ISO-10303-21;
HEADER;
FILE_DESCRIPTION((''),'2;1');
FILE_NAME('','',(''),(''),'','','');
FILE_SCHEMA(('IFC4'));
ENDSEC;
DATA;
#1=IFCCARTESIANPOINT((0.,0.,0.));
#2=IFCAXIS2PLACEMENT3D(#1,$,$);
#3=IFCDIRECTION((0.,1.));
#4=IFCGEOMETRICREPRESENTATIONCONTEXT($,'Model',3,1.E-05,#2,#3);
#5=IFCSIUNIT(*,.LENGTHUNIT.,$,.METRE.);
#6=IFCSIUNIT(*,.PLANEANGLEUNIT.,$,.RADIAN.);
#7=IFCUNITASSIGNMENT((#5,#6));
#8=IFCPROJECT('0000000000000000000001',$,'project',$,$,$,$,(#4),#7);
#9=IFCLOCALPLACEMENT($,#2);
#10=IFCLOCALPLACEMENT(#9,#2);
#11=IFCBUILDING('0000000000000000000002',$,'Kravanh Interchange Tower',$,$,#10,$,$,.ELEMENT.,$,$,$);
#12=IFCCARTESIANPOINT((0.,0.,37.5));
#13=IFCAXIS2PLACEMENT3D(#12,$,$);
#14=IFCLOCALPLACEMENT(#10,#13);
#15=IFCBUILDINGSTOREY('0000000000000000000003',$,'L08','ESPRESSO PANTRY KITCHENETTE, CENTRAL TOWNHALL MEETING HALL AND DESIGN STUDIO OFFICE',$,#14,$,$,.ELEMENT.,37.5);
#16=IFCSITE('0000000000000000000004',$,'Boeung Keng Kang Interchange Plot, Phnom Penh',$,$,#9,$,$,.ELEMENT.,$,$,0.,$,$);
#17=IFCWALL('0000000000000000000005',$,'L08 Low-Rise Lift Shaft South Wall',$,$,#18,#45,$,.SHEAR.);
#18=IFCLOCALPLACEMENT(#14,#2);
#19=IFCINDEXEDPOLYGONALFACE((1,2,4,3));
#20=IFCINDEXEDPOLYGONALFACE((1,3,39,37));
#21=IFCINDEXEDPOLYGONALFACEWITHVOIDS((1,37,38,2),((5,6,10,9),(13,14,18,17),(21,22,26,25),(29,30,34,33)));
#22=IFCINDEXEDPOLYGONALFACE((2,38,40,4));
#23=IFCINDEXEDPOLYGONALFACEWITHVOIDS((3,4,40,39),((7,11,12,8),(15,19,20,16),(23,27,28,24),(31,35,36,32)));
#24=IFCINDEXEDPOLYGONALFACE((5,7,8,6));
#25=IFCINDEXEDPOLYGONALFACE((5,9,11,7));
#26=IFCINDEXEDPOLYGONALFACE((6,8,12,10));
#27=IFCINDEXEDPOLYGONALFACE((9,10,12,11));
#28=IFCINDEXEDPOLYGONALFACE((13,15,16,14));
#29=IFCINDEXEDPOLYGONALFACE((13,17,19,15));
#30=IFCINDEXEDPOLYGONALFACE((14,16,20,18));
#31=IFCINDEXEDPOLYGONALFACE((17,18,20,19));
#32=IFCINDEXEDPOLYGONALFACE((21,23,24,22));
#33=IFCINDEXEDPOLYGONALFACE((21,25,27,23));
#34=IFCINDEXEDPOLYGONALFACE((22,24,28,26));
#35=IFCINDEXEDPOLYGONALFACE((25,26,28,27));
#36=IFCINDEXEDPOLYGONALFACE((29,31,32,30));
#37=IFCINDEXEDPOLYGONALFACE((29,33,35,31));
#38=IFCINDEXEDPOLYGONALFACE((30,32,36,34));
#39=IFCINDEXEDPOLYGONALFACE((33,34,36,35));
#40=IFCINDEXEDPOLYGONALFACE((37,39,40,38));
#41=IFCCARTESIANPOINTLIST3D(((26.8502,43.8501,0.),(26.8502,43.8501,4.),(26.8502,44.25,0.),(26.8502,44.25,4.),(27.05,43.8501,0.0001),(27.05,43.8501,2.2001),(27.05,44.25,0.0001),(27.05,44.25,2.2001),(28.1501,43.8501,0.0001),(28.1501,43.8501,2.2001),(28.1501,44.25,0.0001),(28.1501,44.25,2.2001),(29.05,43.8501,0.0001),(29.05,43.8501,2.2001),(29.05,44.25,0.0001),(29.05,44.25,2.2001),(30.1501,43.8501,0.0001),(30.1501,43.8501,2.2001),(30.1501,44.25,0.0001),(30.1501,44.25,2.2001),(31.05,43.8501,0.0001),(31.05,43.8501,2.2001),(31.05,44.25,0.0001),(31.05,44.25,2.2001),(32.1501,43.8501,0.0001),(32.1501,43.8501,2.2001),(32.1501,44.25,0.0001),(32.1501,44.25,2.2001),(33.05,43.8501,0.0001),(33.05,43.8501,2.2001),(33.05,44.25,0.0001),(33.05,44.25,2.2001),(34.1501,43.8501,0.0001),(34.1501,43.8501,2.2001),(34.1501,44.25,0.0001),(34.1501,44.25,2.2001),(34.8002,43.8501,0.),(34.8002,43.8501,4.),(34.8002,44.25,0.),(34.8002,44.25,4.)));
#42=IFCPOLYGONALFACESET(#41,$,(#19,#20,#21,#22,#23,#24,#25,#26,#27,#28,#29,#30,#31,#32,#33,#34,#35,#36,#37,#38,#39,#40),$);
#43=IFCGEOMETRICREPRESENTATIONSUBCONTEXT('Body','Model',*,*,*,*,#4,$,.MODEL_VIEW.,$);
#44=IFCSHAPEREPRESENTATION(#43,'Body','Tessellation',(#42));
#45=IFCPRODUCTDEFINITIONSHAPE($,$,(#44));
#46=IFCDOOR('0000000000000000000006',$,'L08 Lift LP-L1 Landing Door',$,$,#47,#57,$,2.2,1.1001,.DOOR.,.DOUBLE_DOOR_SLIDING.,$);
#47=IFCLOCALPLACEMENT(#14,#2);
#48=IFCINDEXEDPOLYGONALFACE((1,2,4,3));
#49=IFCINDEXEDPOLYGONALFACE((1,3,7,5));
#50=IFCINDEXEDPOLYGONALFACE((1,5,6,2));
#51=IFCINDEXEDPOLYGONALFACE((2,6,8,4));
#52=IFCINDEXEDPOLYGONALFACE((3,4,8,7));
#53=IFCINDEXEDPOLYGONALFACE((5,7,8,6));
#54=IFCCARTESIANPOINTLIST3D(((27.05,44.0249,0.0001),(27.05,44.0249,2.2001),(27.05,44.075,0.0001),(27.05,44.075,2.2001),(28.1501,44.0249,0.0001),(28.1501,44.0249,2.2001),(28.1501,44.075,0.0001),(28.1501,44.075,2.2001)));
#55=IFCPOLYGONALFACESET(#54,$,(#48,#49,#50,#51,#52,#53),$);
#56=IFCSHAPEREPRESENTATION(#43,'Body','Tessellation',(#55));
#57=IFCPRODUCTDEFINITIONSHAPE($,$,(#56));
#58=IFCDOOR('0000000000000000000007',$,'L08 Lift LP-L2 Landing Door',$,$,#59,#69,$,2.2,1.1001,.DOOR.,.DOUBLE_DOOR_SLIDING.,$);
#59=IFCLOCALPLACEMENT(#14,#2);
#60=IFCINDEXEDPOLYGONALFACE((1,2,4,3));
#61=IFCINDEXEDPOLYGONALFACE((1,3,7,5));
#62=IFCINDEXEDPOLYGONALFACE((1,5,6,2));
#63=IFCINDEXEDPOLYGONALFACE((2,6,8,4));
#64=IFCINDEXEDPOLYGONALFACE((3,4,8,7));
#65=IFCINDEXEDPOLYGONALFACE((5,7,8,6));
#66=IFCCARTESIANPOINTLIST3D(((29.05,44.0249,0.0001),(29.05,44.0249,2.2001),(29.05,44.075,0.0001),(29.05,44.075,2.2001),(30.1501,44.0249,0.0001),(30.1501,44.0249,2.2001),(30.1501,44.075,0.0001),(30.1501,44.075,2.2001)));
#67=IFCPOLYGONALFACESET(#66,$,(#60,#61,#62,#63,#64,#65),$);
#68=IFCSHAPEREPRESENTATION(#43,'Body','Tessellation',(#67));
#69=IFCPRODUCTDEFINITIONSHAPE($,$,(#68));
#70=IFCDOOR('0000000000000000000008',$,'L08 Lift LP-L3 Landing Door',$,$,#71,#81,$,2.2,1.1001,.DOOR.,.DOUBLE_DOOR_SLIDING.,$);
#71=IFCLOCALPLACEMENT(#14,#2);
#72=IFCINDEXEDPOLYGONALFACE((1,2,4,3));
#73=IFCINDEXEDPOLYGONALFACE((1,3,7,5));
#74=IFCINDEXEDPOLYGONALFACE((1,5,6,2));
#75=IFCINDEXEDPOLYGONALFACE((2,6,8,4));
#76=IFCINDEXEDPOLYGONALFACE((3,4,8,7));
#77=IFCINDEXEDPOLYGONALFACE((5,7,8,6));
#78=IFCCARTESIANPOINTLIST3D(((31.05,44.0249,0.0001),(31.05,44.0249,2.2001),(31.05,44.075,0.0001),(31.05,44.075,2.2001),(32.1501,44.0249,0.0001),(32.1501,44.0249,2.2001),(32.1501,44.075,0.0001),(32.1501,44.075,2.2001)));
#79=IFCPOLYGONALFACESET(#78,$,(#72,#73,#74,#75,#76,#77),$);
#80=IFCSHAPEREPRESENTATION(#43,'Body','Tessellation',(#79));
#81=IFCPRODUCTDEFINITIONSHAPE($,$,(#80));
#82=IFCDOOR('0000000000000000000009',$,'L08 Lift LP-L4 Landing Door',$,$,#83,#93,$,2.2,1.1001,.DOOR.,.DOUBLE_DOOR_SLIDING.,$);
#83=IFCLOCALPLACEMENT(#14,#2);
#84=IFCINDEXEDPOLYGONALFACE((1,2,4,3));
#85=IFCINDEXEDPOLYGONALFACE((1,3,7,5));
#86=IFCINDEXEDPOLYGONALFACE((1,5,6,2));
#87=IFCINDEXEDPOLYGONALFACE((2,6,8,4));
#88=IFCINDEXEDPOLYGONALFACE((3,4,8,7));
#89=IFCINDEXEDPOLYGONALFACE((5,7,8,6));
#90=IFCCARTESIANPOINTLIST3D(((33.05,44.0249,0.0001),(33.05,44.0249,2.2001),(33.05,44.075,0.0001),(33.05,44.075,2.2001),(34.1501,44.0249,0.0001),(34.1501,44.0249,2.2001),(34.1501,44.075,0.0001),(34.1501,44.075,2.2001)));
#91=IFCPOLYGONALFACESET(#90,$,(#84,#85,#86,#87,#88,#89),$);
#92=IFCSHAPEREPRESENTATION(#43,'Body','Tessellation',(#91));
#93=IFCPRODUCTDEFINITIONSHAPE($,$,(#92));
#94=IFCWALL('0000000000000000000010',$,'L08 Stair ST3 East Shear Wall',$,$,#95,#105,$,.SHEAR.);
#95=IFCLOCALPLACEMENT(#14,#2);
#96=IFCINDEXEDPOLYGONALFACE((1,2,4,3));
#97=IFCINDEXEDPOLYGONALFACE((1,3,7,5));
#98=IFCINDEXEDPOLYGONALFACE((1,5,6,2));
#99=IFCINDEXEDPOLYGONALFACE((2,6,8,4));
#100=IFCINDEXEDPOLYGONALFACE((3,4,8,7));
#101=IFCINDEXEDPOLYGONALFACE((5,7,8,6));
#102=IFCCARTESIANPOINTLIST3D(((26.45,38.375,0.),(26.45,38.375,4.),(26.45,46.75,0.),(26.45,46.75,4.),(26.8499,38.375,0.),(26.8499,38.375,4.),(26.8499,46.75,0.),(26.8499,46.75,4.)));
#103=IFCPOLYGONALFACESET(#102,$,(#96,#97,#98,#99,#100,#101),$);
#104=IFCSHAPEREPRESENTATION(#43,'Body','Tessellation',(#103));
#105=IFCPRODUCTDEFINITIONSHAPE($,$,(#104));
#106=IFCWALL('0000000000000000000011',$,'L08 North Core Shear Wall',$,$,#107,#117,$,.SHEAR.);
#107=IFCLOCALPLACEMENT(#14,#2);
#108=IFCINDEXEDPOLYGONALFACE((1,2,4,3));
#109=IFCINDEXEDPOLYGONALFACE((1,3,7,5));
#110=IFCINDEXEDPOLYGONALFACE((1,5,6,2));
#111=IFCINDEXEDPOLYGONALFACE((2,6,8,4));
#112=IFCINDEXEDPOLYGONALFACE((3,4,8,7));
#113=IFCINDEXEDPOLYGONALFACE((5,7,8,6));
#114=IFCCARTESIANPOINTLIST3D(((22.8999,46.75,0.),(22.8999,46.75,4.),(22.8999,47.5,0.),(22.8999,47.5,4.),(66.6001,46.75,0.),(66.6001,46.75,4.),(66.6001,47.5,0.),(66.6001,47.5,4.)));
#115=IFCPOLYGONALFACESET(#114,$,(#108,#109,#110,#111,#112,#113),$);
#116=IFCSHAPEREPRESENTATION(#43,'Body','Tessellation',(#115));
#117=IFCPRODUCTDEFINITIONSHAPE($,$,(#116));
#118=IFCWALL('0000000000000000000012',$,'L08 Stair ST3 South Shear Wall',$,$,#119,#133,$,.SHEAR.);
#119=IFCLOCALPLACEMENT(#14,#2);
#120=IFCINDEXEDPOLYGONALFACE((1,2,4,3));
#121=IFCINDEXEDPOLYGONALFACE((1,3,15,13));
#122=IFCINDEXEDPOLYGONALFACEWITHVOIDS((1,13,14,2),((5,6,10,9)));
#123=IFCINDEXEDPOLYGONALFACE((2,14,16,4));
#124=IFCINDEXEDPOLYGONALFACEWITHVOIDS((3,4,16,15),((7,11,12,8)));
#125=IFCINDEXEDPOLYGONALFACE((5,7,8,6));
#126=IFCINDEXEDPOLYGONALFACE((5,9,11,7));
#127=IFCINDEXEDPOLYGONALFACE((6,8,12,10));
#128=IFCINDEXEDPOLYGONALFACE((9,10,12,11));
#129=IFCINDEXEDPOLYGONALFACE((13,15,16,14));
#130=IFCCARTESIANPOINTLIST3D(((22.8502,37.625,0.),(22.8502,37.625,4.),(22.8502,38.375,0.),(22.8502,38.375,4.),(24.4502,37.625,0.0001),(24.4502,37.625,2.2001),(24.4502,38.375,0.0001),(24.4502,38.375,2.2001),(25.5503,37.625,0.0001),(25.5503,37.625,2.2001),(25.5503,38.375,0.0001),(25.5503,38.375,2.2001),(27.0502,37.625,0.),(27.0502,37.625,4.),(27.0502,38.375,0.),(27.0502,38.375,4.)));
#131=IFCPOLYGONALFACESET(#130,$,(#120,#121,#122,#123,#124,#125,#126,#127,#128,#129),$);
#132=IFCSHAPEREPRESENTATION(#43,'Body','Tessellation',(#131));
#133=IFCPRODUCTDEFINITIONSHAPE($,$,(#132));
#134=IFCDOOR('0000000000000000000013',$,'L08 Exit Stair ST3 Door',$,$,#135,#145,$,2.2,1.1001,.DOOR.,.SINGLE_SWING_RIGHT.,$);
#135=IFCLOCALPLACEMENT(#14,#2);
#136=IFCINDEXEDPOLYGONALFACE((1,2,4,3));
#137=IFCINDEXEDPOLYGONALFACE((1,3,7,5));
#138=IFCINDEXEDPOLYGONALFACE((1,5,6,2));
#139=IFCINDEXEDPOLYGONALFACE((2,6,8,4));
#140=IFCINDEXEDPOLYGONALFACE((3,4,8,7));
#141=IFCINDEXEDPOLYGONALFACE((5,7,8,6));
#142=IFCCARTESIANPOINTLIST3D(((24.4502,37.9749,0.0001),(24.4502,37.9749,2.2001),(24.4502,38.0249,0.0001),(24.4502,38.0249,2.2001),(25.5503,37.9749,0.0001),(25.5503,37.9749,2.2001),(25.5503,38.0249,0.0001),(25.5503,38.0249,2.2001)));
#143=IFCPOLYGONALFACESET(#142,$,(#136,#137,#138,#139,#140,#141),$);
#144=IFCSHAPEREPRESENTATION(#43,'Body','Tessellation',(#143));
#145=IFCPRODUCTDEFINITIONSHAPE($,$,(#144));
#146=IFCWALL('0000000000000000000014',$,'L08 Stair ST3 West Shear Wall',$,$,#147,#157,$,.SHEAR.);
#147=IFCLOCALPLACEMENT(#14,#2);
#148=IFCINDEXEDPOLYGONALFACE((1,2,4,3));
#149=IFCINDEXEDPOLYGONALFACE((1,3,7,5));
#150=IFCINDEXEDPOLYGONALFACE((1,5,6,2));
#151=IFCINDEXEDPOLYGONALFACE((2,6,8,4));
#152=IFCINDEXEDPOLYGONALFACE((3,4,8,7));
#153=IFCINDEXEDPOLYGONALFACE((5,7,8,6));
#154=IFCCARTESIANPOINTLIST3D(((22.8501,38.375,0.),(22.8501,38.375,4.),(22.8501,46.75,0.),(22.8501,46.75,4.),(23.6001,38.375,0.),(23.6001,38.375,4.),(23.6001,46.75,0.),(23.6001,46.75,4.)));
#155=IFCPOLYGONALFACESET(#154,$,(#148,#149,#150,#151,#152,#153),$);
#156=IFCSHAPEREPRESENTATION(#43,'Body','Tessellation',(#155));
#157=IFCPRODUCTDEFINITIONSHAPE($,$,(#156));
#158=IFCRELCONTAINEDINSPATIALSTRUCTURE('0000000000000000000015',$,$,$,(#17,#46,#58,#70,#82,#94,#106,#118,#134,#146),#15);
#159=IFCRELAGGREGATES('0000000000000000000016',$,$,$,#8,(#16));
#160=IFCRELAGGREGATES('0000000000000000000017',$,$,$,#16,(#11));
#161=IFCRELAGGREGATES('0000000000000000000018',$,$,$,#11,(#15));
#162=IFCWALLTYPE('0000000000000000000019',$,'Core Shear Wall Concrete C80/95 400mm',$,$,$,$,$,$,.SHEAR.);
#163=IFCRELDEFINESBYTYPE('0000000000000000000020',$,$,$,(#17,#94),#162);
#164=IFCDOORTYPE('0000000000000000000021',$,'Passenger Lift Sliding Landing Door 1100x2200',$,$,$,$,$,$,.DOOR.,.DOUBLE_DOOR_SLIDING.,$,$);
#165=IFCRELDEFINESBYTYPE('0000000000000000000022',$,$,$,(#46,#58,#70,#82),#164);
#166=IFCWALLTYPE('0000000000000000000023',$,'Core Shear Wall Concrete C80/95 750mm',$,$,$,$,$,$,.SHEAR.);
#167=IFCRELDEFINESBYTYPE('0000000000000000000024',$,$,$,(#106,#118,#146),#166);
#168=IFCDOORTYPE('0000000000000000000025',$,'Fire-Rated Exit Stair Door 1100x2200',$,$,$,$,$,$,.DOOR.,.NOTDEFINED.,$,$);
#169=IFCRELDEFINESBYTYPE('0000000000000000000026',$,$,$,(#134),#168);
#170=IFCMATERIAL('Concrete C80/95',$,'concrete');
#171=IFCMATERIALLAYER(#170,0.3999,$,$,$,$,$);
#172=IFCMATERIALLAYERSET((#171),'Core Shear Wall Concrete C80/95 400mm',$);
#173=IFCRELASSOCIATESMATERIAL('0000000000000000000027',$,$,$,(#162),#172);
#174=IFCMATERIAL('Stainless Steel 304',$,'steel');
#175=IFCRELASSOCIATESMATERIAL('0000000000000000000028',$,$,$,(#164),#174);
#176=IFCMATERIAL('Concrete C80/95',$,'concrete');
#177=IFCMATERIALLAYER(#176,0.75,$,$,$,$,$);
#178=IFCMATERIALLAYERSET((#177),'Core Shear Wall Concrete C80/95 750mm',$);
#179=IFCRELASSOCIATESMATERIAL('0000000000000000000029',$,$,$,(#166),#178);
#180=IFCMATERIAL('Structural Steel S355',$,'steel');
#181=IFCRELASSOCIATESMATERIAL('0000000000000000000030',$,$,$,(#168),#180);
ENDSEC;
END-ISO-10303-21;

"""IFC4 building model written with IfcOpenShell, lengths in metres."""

from ifc_helpers import new_model, si_unit, direction, frame, frame_2d, origin, place, context, subcontext, project, spatial, rectangle, extrude, material, layer, layer_set, type_object, element, fill, save


model = new_model("IFC4")

# Units and contexts
model_context = context("Model", 3, precision=1e-05, world=origin(), true_north=direction((0.0, 1.0)))
body_context = subcontext(model_context, "Body", "Model", "MODEL_VIEW")
ifc_project = project(units=[si_unit("LENGTHUNIT", "METRE"), si_unit("PLANEANGLEUNIT", "RADIAN")], contexts=[model_context])

# Site, building, storey
site_placement = place(None, origin())
site = spatial("IfcSite", under=ifc_project, at=site_placement, Name="Boeung Keng Kang Interchange Plot, Phnom Penh", CompositionType="ELEMENT", RefElevation=0.0)
building_placement = place(site_placement, origin())
building = spatial("IfcBuilding", under=site, at=building_placement, Name="Kravanh Interchange Tower", CompositionType="ELEMENT")
storey_placement = place(building_placement, frame((0.0, 0.0, 37.5)))
storey = spatial("IfcBuildingStorey", under=building, at=storey_placement, Name="L08", Description="ESPRESSO PANTRY KITCHENETTE, CENTRAL TOWNHALL MEETING HALL AND DESIGN STUDIO OFFICE", CompositionType="ELEMENT", Elevation=37.5)

# Wall, openings, doors
ifc_material_1 = material(Name="Concrete C80/95", Category="concrete")
ifc_layer_1 = layer(ifc_material_1, 0.3999)
ifc_layer_set_1 = layer_set([ifc_layer_1], Name="Core Shear Wall Concrete C80/95 400mm")
wall_type_1 = type_object("IfcWallType", Name="Core Shear Wall Concrete C80/95 400mm", PredefinedType="SHEAR", material=ifc_layer_set_1)
wall_1_placement = place(storey_placement, frame((26.8501, 44.05, 0.0), z_axis=(0.0, 0.0, 1.0), x_axis=(1.0, 0.0, 0.0)))
wall_1 = element("IfcWall", 1, at=wall_1_placement, inside=storey, type_object=wall_type_1, Name="L08 Low-Rise Lift Shaft South Wall", PredefinedType="SHEAR", context=body_context, shape_type="SweptSolid", body=[
    extrude(rectangle(XDim=7.95, YDim=0.3999, at=frame_2d((3.9751, 0.0))), origin(), (0.0, 0.0, 1.0), 4.0),
])
opening_1_placement = place(wall_1_placement, frame((0.2, 0.0, 0.0)))
opening_1 = element("IfcOpeningElement", 2, at=opening_1_placement, cuts=wall_1, PredefinedType="OPENING", context=body_context, shape_type="SweptSolid", body=[
    extrude(rectangle(XDim=1.1001, YDim=2.2, at=frame_2d((0.55, 1.1001))), frame((0.0, 0.21, 0.0), z_axis=(0.0, -1.0, 0.0), x_axis=(1.0, 0.0, 0.0)), (0.0, 0.0, 1.0), 0.4199),
])
opening_2_placement = place(wall_1_placement, frame((2.2, 0.0, 0.0)))
opening_2 = element("IfcOpeningElement", 3, at=opening_2_placement, cuts=wall_1, PredefinedType="OPENING", context=body_context, shape_type="SweptSolid", body=[
    extrude(rectangle(XDim=1.1001, YDim=2.2, at=frame_2d((0.55, 1.1001))), frame((0.0, 0.21, 0.0), z_axis=(0.0, -1.0, 0.0), x_axis=(1.0, 0.0, 0.0)), (0.0, 0.0, 1.0), 0.4199),
])
opening_3_placement = place(wall_1_placement, frame((4.2, 0.0, 0.0)))
opening_3 = element("IfcOpeningElement", 4, at=opening_3_placement, cuts=wall_1, PredefinedType="OPENING", context=body_context, shape_type="SweptSolid", body=[
    extrude(rectangle(XDim=1.1001, YDim=2.2, at=frame_2d((0.55, 1.1001))), frame((0.0, 0.21, 0.0), z_axis=(0.0, -1.0, 0.0), x_axis=(1.0, 0.0, 0.0)), (0.0, 0.0, 1.0), 0.4199),
])
opening_4_placement = place(wall_1_placement, frame((6.2, 0.0, 0.0)))
opening_4 = element("IfcOpeningElement", 5, at=opening_4_placement, cuts=wall_1, PredefinedType="OPENING", context=body_context, shape_type="SweptSolid", body=[
    extrude(rectangle(XDim=1.1001, YDim=2.2, at=frame_2d((0.55, 1.1001))), frame((0.0, 0.21, 0.0), z_axis=(0.0, -1.0, 0.0), x_axis=(1.0, 0.0, 0.0)), (0.0, 0.0, 1.0), 0.4199),
])
ifc_material_2 = material(Name="Stainless Steel 304", Category="steel")
door_type_1 = type_object("IfcDoorType", Name="Passenger Lift Sliding Landing Door 1100x2200", OperationType="DOUBLE_DOOR_SLIDING", PredefinedType="DOOR", material=ifc_material_2)
door_1_placement = place(opening_1_placement, origin())
door_1 = element("IfcDoor", 6, at=door_1_placement, inside=storey, type_object=door_type_1, Name="L08 Lift LP-L1 Landing Door", OperationType="DOUBLE_DOOR_SLIDING", OverallHeight=2.2, OverallWidth=1.1001, PredefinedType="DOOR", context=body_context, shape_type="SweptSolid", body=[
    extrude(rectangle(XDim=1.1001, YDim=2.2, at=frame_2d((0.55, 1.1001))), frame((0.0, 0.0249, 0.0), z_axis=(0.0, -1.0, 0.0), x_axis=(1.0, 0.0, 0.0)), (0.0, 0.0, 1.0), 0.05),
])
fill(opening_1, door_1)
door_2_placement = place(opening_2_placement, origin())
door_2 = element("IfcDoor", 7, at=door_2_placement, inside=storey, type_object=door_type_1, Name="L08 Lift LP-L2 Landing Door", OperationType="DOUBLE_DOOR_SLIDING", OverallHeight=2.2, OverallWidth=1.1001, PredefinedType="DOOR", context=body_context, shape_type="SweptSolid", body=[
    extrude(rectangle(XDim=1.1001, YDim=2.2, at=frame_2d((0.55, 1.1001))), frame((0.0, 0.0249, 0.0), z_axis=(0.0, -1.0, 0.0), x_axis=(1.0, 0.0, 0.0)), (0.0, 0.0, 1.0), 0.05),
])
fill(opening_2, door_2)
door_3_placement = place(opening_3_placement, origin())
door_3 = element("IfcDoor", 8, at=door_3_placement, inside=storey, type_object=door_type_1, Name="L08 Lift LP-L3 Landing Door", OperationType="DOUBLE_DOOR_SLIDING", OverallHeight=2.2, OverallWidth=1.1001, PredefinedType="DOOR", context=body_context, shape_type="SweptSolid", body=[
    extrude(rectangle(XDim=1.1001, YDim=2.2, at=frame_2d((0.55, 1.1001))), frame((0.0, 0.0249, 0.0), z_axis=(0.0, -1.0, 0.0), x_axis=(1.0, 0.0, 0.0)), (0.0, 0.0, 1.0), 0.05),
])
fill(opening_3, door_3)
door_4_placement = place(opening_4_placement, origin())
door_4 = element("IfcDoor", 9, at=door_4_placement, inside=storey, type_object=door_type_1, Name="L08 Lift LP-L4 Landing Door", OperationType="DOUBLE_DOOR_SLIDING", OverallHeight=2.2, OverallWidth=1.1001, PredefinedType="DOOR", context=body_context, shape_type="SweptSolid", body=[
    extrude(rectangle(XDim=1.1001, YDim=2.2, at=frame_2d((0.55, 1.1001))), frame((0.0, 0.0249, 0.0), z_axis=(0.0, -1.0, 0.0), x_axis=(1.0, 0.0, 0.0)), (0.0, 0.0, 1.0), 0.05),
])
fill(opening_4, door_4)

# Walls
wall_2_placement = place(storey_placement, frame((26.6499, 38.375, 0.0), z_axis=(0.0, 0.0, 1.0), x_axis=(0.0, 1.0, 0.0)))
element("IfcWall", 10, at=wall_2_placement, inside=storey, type_object=wall_type_1, Name="L08 Stair ST3 East Shear Wall", PredefinedType="SHEAR", context=body_context, shape_type="SweptSolid", body=[
    extrude(rectangle(XDim=8.375, YDim=0.3999, at=frame_2d((4.1875, 0.0))), origin(), (0.0, 0.0, 1.0), 4.0),
])
ifc_material_3 = material(Name="Concrete C80/95", Category="concrete")
ifc_layer_2 = layer(ifc_material_3, 0.75)
ifc_layer_set_2 = layer_set([ifc_layer_2], Name="Core Shear Wall Concrete C80/95 750mm")
wall_type_2 = type_object("IfcWallType", Name="Core Shear Wall Concrete C80/95 750mm", PredefinedType="SHEAR", material=ifc_layer_set_2)
wall_3_placement = place(storey_placement, frame((22.8999, 47.125, 0.0), z_axis=(0.0, 0.0, 1.0), x_axis=(1.0, 0.0, 0.0)))
element("IfcWall", 11, at=wall_3_placement, inside=storey, type_object=wall_type_2, Name="L08 North Core Shear Wall", PredefinedType="SHEAR", context=body_context, shape_type="SweptSolid", body=[
    extrude(rectangle(XDim=43.7002, YDim=0.75, at=frame_2d((21.8501, 0.0))), origin(), (0.0, 0.0, 1.0), 4.0),
])

# Wall, opening, door
wall_4_placement = place(storey_placement, frame((22.8501, 38.0, 0.0), z_axis=(0.0, 0.0, 1.0), x_axis=(1.0, 0.0, 0.0)))
wall_4 = element("IfcWall", 12, at=wall_4_placement, inside=storey, type_object=wall_type_2, Name="L08 Stair ST3 South Shear Wall", PredefinedType="SHEAR", context=body_context, shape_type="SweptSolid", body=[
    extrude(rectangle(XDim=4.2, YDim=0.75, at=frame_2d((2.1001, 0.0))), origin(), (0.0, 0.0, 1.0), 4.0),
])
opening_5_placement = place(wall_4_placement, frame((1.6001, 0.0, 0.0)))
opening_5 = element("IfcOpeningElement", 13, at=opening_5_placement, cuts=wall_4, PredefinedType="OPENING", context=body_context, shape_type="SweptSolid", body=[
    extrude(rectangle(XDim=1.1001, YDim=2.2, at=frame_2d((0.55, 1.1001))), frame((0.0, 0.385, 0.0), z_axis=(0.0, -1.0, 0.0), x_axis=(1.0, 0.0, 0.0)), (0.0, 0.0, 1.0), 0.77),
])
ifc_material_4 = material(Name="Structural Steel S355", Category="steel")
door_type_2 = type_object("IfcDoorType", Name="Fire-Rated Exit Stair Door 1100x2200", OperationType="NOTDEFINED", PredefinedType="DOOR", material=ifc_material_4)
door_5_placement = place(opening_5_placement, origin())
door_5 = element("IfcDoor", 14, at=door_5_placement, inside=storey, type_object=door_type_2, Name="L08 Exit Stair ST3 Door", OperationType="SINGLE_SWING_RIGHT", OverallHeight=2.2, OverallWidth=1.1001, PredefinedType="DOOR", context=body_context, shape_type="SweptSolid", body=[
    extrude(rectangle(XDim=1.1001, YDim=2.2, at=frame_2d((0.55, 1.1001))), frame((0.0, 0.0249, 0.0), z_axis=(0.0, -1.0, 0.0), x_axis=(1.0, 0.0, 0.0)), (0.0, 0.0, 1.0), 0.05),
])
fill(opening_5, door_5)

# Wall
wall_5_placement = place(storey_placement, frame((23.2251, 38.375, 0.0), z_axis=(0.0, 0.0, 1.0), x_axis=(0.0, 1.0, 0.0)))
element("IfcWall", 15, at=wall_5_placement, inside=storey, type_object=wall_type_2, Name="L08 Stair ST3 West Shear Wall", PredefinedType="SHEAR", context=body_context, shape_type="SweptSolid", body=[
    extrude(rectangle(XDim=8.375, YDim=0.75, at=frame_2d((4.1875, 0.0))), origin(), (0.0, 0.0, 1.0), 4.0),
])

save(model, "model.ifc")
